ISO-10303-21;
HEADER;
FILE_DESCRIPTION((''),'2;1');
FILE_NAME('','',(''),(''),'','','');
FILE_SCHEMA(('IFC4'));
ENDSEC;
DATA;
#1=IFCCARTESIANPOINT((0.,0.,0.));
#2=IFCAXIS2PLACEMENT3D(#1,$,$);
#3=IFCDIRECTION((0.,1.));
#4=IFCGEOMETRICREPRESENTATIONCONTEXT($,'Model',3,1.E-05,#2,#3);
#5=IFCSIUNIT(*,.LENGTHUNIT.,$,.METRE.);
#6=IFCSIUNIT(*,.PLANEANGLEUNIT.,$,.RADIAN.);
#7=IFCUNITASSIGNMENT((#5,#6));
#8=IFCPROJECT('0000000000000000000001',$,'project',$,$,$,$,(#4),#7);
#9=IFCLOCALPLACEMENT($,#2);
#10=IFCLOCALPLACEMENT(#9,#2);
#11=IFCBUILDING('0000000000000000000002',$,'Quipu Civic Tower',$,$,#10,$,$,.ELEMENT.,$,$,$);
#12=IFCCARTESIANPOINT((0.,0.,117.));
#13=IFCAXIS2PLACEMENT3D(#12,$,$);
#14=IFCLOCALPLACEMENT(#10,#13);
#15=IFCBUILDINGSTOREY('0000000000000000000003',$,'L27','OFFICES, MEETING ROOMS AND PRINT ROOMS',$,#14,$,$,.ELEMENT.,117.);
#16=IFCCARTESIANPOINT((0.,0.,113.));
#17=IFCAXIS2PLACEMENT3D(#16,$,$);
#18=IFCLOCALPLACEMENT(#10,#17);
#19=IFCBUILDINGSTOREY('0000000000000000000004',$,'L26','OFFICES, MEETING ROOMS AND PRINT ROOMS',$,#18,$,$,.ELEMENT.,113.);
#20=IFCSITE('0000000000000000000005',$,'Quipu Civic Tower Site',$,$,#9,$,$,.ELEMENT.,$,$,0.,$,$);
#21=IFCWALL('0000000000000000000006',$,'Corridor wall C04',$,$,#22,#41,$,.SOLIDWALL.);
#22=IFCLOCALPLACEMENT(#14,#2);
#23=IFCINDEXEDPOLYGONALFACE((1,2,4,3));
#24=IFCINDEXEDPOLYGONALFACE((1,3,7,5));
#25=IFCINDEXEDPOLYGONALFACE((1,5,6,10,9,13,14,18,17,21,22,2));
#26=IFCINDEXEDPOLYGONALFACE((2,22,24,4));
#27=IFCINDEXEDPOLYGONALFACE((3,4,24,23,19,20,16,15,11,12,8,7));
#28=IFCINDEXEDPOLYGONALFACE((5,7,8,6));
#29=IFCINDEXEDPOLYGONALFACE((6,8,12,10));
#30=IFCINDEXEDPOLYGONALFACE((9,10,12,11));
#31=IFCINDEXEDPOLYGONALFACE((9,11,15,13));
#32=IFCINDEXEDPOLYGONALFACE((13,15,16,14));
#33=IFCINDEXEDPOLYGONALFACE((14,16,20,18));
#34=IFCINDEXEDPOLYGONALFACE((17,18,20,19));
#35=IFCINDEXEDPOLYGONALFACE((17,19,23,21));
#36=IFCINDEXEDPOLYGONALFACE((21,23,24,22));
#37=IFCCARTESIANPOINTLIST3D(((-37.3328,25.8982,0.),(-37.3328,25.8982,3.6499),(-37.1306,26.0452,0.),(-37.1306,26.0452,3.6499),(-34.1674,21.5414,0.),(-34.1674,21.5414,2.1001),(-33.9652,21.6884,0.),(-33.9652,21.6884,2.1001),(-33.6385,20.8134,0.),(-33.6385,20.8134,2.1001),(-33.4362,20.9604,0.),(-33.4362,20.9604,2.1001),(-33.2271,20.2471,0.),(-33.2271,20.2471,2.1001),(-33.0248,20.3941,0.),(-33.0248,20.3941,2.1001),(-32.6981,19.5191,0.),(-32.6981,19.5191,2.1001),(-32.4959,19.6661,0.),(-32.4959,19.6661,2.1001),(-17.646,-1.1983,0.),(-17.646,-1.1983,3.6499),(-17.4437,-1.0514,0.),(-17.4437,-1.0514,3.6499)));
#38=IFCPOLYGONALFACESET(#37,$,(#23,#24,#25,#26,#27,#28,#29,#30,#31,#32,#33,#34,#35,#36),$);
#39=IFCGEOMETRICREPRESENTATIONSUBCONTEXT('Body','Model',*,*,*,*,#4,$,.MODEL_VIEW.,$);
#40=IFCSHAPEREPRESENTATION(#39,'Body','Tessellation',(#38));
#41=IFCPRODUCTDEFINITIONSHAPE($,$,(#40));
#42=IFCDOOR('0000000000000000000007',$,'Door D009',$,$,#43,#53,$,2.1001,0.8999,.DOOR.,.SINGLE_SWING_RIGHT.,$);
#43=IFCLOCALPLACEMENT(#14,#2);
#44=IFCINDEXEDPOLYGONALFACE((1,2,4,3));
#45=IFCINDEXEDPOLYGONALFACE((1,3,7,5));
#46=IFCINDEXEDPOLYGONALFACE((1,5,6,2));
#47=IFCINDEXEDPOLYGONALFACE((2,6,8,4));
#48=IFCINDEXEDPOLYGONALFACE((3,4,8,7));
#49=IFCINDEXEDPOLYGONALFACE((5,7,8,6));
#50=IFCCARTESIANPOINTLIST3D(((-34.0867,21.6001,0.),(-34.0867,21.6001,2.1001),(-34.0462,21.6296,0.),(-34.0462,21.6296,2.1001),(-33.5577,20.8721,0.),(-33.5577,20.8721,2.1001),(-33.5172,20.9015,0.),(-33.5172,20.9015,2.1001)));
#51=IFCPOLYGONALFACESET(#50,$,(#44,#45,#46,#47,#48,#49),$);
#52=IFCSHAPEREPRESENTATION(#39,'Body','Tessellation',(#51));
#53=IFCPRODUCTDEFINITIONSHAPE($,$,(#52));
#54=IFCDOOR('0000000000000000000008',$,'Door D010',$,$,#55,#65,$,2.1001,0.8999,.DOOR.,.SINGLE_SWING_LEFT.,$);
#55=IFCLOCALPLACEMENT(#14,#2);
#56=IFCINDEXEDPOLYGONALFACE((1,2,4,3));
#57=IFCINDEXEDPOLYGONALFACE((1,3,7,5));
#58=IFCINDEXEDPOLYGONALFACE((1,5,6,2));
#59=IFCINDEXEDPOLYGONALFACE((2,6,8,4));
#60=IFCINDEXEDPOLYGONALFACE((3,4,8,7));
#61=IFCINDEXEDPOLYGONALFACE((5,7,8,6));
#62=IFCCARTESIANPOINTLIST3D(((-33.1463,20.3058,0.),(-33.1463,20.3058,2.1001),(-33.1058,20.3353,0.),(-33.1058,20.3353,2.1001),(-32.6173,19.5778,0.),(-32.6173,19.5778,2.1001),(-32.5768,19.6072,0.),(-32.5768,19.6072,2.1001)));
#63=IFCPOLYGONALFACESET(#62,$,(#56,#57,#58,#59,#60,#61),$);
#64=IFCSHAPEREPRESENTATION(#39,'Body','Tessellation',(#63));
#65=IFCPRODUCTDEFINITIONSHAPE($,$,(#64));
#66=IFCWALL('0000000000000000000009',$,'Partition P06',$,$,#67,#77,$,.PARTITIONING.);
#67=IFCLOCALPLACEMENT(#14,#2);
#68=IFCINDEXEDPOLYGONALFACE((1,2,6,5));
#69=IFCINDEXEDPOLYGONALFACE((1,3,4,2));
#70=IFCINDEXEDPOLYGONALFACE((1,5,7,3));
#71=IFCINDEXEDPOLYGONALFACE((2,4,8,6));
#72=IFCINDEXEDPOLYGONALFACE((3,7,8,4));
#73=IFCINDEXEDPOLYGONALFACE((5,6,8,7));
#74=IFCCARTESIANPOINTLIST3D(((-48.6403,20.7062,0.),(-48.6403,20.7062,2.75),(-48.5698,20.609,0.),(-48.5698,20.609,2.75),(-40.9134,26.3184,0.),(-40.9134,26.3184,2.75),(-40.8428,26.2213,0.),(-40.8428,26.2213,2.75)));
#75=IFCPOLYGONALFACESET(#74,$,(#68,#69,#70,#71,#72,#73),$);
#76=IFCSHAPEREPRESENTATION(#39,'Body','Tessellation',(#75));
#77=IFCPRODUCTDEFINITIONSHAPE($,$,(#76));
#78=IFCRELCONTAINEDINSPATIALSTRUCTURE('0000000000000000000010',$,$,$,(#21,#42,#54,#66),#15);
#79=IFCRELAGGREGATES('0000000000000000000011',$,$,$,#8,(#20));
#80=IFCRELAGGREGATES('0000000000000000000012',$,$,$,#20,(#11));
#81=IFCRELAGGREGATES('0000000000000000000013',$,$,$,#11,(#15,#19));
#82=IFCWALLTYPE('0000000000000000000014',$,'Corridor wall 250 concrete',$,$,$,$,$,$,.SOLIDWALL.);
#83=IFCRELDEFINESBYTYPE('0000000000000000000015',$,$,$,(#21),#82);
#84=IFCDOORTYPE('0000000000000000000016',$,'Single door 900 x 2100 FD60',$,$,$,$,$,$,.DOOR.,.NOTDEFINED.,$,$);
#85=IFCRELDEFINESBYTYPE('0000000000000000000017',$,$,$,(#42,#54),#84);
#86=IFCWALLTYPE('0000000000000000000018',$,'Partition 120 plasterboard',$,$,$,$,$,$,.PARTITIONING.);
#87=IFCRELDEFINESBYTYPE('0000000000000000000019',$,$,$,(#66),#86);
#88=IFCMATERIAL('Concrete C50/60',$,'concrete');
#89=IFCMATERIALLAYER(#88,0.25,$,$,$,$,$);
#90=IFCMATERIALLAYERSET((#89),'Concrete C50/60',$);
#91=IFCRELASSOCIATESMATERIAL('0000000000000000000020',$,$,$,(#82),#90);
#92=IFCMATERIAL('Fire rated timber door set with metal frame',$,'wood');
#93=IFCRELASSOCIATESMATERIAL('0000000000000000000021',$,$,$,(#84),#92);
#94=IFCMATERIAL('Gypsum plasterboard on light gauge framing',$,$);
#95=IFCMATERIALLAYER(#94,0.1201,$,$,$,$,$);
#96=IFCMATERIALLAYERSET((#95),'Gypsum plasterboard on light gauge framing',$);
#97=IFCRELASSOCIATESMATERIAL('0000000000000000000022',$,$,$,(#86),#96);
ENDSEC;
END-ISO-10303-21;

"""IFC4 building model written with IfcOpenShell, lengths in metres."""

from ifc_helpers import new_model, si_unit, direction, frame, frame_2d, origin, place, context, subcontext, project, spatial, rectangle, extrude, material, layer, layer_set, type_object, element, fill, save


model = new_model("IFC4")

# Units and contexts
model_context = context("Model", 3, precision=1e-05, world=origin(), true_north=direction((0.0, 1.0)))
body_context = subcontext(model_context, "Body", "Model", "MODEL_VIEW")
ifc_project = project(units=[si_unit("LENGTHUNIT", "METRE"), si_unit("PLANEANGLEUNIT", "RADIAN")], contexts=[model_context])

# Site, building, storey
site_placement = place(None, origin())
site = spatial("IfcSite", under=ifc_project, at=site_placement, Name="Quipu Civic Tower Site", CompositionType="ELEMENT", RefElevation=0.0)
building_placement = place(site_placement, origin())
building = spatial("IfcBuilding", under=site, at=building_placement, Name="Quipu Civic Tower", CompositionType="ELEMENT")
storey_1_placement = place(building_placement, frame((0.0, 0.0, 117.0)))
storey_1 = spatial("IfcBuildingStorey", under=building, at=storey_1_placement, Name="L27", Description="OFFICES, MEETING ROOMS AND PRINT ROOMS", CompositionType="ELEMENT", Elevation=117.0)

# Shared definitions
storey_2_placement = place(building_placement, frame((0.0, 0.0, 113.0)))
storey_2 = spatial("IfcBuildingStorey", under=building, at=storey_2_placement, Name="L26", Description="OFFICES, MEETING ROOMS AND PRINT ROOMS", CompositionType="ELEMENT", Elevation=113.0)

# Wall, openings, doors
ifc_material_1 = material(Name="Concrete C50/60", Category="concrete")
ifc_layer_1 = layer(ifc_material_1, 0.25)
ifc_layer_set_1 = layer_set([ifc_layer_1], Name="Concrete C50/60")
wall_type_1 = type_object("IfcWallType", Name="Corridor wall 250 concrete", PredefinedType="SOLIDWALL", material=ifc_layer_set_1)
wall_1_placement = place(storey_1_placement, frame((-37.2317, 25.9717, 0.0), z_axis=(0.0, 0.0, 1.0), x_axis=(0.587786, -0.809016, 0.0)))
wall_1 = element("IfcWall", 1, at=wall_1_placement, inside=storey_1, type_object=wall_type_1, Name="Corridor wall C04", PredefinedType="SOLIDWALL", context=body_context, shape_type="SweptSolid", body=[
    extrude(rectangle(XDim=33.4932, YDim=0.25, at=frame_2d((16.7466, 0.0))), origin(), (0.0, 0.0, 1.0), 3.6499),
])
opening_1_placement = place(wall_1_placement, frame((5.3853, 0.0, 0.0)))
opening_1 = element("IfcOpeningElement", 2, at=opening_1_placement, cuts=wall_1, PredefinedType="OPENING", context=body_context, shape_type="SweptSolid", body=[
    extrude(rectangle(XDim=0.8999, YDim=2.1001, at=frame_2d((0.45, 1.05))), frame((0.0, 0.135, 0.0), z_axis=(0.0, -1.0, 0.0), x_axis=(1.0, 0.0, 0.0)), (0.0, 0.0, 1.0), 0.27),
])
opening_2_placement = place(wall_1_placement, frame((6.9851, 0.0, 0.0)))
opening_2 = element("IfcOpeningElement", 3, at=opening_2_placement, cuts=wall_1, PredefinedType="OPENING", context=body_context, shape_type="SweptSolid", body=[
    extrude(rectangle(XDim=0.8999, YDim=2.1001, at=frame_2d((0.45, 1.05))), frame((0.0, 0.135, 0.0), z_axis=(0.0, -1.0, 0.0), x_axis=(1.0, 0.0, 0.0)), (0.0, 0.0, 1.0), 0.27),
])
ifc_material_2 = material(Name="Fire rated timber door set with metal frame", Category="wood")
door_type_1 = type_object("IfcDoorType", Name="Single door 900 x 2100 FD60", OperationType="NOTDEFINED", PredefinedType="DOOR", material=ifc_material_2)
door_1_placement = place(opening_1_placement, origin())
door_1 = element("IfcDoor", 4, at=door_1_placement, inside=storey_1, type_object=door_type_1, Name="Door D009", OperationType="SINGLE_SWING_RIGHT", OverallHeight=2.1001, OverallWidth=0.8999, PredefinedType="DOOR", context=body_context, shape_type="SweptSolid", body=[
    extrude(rectangle(XDim=0.8999, YDim=2.1001, at=frame_2d((0.45, 1.05))), frame((0.0, 0.0249, 0.0), z_axis=(0.0, -1.0, 0.0), x_axis=(1.0, 0.0, 0.0)), (0.0, 0.0, 1.0), 0.05),
])
fill(opening_1, door_1)
door_2_placement = place(opening_2_placement, origin())
door_2 = element("IfcDoor", 5, at=door_2_placement, inside=storey_1, type_object=door_type_1, Name="Door D010", OperationType="SINGLE_SWING_LEFT", OverallHeight=2.1001, OverallWidth=0.8999, PredefinedType="DOOR", context=body_context, shape_type="SweptSolid", body=[
    extrude(rectangle(XDim=0.8999, YDim=2.1001, at=frame_2d((0.45, 1.05))), frame((0.0, 0.0249, 0.0), z_axis=(0.0, -1.0, 0.0), x_axis=(1.0, 0.0, 0.0)), (0.0, 0.0, 1.0), 0.05),
])
fill(opening_2, door_2)

# Wall
ifc_material_3 = material(Name="Gypsum plasterboard on light gauge framing")
ifc_layer_2 = layer(ifc_material_3, 0.1201)
ifc_layer_set_2 = layer_set([ifc_layer_2], Name="Gypsum plasterboard on light gauge framing")
wall_type_2 = type_object("IfcWallType", Name="Partition 120 plasterboard", PredefinedType="PARTITIONING", material=ifc_layer_set_2)
wall_2_placement = place(storey_1_placement, frame((-40.8782, 26.2698, 0.0), z_axis=(0.0, 0.0, 1.0), x_axis=(-0.809103, -0.587667, 0.0)))
element("IfcWall", 6, at=wall_2_placement, inside=storey_1, type_object=wall_type_2, Name="Partition P06", PredefinedType="PARTITIONING", context=body_context, shape_type="SweptSolid", body=[
    extrude(rectangle(XDim=9.55, YDim=0.1201, at=frame_2d((4.7749, 0.0))), origin(), (0.0, 0.0, 1.0), 2.75),
])

save(model, "model.ifc")
